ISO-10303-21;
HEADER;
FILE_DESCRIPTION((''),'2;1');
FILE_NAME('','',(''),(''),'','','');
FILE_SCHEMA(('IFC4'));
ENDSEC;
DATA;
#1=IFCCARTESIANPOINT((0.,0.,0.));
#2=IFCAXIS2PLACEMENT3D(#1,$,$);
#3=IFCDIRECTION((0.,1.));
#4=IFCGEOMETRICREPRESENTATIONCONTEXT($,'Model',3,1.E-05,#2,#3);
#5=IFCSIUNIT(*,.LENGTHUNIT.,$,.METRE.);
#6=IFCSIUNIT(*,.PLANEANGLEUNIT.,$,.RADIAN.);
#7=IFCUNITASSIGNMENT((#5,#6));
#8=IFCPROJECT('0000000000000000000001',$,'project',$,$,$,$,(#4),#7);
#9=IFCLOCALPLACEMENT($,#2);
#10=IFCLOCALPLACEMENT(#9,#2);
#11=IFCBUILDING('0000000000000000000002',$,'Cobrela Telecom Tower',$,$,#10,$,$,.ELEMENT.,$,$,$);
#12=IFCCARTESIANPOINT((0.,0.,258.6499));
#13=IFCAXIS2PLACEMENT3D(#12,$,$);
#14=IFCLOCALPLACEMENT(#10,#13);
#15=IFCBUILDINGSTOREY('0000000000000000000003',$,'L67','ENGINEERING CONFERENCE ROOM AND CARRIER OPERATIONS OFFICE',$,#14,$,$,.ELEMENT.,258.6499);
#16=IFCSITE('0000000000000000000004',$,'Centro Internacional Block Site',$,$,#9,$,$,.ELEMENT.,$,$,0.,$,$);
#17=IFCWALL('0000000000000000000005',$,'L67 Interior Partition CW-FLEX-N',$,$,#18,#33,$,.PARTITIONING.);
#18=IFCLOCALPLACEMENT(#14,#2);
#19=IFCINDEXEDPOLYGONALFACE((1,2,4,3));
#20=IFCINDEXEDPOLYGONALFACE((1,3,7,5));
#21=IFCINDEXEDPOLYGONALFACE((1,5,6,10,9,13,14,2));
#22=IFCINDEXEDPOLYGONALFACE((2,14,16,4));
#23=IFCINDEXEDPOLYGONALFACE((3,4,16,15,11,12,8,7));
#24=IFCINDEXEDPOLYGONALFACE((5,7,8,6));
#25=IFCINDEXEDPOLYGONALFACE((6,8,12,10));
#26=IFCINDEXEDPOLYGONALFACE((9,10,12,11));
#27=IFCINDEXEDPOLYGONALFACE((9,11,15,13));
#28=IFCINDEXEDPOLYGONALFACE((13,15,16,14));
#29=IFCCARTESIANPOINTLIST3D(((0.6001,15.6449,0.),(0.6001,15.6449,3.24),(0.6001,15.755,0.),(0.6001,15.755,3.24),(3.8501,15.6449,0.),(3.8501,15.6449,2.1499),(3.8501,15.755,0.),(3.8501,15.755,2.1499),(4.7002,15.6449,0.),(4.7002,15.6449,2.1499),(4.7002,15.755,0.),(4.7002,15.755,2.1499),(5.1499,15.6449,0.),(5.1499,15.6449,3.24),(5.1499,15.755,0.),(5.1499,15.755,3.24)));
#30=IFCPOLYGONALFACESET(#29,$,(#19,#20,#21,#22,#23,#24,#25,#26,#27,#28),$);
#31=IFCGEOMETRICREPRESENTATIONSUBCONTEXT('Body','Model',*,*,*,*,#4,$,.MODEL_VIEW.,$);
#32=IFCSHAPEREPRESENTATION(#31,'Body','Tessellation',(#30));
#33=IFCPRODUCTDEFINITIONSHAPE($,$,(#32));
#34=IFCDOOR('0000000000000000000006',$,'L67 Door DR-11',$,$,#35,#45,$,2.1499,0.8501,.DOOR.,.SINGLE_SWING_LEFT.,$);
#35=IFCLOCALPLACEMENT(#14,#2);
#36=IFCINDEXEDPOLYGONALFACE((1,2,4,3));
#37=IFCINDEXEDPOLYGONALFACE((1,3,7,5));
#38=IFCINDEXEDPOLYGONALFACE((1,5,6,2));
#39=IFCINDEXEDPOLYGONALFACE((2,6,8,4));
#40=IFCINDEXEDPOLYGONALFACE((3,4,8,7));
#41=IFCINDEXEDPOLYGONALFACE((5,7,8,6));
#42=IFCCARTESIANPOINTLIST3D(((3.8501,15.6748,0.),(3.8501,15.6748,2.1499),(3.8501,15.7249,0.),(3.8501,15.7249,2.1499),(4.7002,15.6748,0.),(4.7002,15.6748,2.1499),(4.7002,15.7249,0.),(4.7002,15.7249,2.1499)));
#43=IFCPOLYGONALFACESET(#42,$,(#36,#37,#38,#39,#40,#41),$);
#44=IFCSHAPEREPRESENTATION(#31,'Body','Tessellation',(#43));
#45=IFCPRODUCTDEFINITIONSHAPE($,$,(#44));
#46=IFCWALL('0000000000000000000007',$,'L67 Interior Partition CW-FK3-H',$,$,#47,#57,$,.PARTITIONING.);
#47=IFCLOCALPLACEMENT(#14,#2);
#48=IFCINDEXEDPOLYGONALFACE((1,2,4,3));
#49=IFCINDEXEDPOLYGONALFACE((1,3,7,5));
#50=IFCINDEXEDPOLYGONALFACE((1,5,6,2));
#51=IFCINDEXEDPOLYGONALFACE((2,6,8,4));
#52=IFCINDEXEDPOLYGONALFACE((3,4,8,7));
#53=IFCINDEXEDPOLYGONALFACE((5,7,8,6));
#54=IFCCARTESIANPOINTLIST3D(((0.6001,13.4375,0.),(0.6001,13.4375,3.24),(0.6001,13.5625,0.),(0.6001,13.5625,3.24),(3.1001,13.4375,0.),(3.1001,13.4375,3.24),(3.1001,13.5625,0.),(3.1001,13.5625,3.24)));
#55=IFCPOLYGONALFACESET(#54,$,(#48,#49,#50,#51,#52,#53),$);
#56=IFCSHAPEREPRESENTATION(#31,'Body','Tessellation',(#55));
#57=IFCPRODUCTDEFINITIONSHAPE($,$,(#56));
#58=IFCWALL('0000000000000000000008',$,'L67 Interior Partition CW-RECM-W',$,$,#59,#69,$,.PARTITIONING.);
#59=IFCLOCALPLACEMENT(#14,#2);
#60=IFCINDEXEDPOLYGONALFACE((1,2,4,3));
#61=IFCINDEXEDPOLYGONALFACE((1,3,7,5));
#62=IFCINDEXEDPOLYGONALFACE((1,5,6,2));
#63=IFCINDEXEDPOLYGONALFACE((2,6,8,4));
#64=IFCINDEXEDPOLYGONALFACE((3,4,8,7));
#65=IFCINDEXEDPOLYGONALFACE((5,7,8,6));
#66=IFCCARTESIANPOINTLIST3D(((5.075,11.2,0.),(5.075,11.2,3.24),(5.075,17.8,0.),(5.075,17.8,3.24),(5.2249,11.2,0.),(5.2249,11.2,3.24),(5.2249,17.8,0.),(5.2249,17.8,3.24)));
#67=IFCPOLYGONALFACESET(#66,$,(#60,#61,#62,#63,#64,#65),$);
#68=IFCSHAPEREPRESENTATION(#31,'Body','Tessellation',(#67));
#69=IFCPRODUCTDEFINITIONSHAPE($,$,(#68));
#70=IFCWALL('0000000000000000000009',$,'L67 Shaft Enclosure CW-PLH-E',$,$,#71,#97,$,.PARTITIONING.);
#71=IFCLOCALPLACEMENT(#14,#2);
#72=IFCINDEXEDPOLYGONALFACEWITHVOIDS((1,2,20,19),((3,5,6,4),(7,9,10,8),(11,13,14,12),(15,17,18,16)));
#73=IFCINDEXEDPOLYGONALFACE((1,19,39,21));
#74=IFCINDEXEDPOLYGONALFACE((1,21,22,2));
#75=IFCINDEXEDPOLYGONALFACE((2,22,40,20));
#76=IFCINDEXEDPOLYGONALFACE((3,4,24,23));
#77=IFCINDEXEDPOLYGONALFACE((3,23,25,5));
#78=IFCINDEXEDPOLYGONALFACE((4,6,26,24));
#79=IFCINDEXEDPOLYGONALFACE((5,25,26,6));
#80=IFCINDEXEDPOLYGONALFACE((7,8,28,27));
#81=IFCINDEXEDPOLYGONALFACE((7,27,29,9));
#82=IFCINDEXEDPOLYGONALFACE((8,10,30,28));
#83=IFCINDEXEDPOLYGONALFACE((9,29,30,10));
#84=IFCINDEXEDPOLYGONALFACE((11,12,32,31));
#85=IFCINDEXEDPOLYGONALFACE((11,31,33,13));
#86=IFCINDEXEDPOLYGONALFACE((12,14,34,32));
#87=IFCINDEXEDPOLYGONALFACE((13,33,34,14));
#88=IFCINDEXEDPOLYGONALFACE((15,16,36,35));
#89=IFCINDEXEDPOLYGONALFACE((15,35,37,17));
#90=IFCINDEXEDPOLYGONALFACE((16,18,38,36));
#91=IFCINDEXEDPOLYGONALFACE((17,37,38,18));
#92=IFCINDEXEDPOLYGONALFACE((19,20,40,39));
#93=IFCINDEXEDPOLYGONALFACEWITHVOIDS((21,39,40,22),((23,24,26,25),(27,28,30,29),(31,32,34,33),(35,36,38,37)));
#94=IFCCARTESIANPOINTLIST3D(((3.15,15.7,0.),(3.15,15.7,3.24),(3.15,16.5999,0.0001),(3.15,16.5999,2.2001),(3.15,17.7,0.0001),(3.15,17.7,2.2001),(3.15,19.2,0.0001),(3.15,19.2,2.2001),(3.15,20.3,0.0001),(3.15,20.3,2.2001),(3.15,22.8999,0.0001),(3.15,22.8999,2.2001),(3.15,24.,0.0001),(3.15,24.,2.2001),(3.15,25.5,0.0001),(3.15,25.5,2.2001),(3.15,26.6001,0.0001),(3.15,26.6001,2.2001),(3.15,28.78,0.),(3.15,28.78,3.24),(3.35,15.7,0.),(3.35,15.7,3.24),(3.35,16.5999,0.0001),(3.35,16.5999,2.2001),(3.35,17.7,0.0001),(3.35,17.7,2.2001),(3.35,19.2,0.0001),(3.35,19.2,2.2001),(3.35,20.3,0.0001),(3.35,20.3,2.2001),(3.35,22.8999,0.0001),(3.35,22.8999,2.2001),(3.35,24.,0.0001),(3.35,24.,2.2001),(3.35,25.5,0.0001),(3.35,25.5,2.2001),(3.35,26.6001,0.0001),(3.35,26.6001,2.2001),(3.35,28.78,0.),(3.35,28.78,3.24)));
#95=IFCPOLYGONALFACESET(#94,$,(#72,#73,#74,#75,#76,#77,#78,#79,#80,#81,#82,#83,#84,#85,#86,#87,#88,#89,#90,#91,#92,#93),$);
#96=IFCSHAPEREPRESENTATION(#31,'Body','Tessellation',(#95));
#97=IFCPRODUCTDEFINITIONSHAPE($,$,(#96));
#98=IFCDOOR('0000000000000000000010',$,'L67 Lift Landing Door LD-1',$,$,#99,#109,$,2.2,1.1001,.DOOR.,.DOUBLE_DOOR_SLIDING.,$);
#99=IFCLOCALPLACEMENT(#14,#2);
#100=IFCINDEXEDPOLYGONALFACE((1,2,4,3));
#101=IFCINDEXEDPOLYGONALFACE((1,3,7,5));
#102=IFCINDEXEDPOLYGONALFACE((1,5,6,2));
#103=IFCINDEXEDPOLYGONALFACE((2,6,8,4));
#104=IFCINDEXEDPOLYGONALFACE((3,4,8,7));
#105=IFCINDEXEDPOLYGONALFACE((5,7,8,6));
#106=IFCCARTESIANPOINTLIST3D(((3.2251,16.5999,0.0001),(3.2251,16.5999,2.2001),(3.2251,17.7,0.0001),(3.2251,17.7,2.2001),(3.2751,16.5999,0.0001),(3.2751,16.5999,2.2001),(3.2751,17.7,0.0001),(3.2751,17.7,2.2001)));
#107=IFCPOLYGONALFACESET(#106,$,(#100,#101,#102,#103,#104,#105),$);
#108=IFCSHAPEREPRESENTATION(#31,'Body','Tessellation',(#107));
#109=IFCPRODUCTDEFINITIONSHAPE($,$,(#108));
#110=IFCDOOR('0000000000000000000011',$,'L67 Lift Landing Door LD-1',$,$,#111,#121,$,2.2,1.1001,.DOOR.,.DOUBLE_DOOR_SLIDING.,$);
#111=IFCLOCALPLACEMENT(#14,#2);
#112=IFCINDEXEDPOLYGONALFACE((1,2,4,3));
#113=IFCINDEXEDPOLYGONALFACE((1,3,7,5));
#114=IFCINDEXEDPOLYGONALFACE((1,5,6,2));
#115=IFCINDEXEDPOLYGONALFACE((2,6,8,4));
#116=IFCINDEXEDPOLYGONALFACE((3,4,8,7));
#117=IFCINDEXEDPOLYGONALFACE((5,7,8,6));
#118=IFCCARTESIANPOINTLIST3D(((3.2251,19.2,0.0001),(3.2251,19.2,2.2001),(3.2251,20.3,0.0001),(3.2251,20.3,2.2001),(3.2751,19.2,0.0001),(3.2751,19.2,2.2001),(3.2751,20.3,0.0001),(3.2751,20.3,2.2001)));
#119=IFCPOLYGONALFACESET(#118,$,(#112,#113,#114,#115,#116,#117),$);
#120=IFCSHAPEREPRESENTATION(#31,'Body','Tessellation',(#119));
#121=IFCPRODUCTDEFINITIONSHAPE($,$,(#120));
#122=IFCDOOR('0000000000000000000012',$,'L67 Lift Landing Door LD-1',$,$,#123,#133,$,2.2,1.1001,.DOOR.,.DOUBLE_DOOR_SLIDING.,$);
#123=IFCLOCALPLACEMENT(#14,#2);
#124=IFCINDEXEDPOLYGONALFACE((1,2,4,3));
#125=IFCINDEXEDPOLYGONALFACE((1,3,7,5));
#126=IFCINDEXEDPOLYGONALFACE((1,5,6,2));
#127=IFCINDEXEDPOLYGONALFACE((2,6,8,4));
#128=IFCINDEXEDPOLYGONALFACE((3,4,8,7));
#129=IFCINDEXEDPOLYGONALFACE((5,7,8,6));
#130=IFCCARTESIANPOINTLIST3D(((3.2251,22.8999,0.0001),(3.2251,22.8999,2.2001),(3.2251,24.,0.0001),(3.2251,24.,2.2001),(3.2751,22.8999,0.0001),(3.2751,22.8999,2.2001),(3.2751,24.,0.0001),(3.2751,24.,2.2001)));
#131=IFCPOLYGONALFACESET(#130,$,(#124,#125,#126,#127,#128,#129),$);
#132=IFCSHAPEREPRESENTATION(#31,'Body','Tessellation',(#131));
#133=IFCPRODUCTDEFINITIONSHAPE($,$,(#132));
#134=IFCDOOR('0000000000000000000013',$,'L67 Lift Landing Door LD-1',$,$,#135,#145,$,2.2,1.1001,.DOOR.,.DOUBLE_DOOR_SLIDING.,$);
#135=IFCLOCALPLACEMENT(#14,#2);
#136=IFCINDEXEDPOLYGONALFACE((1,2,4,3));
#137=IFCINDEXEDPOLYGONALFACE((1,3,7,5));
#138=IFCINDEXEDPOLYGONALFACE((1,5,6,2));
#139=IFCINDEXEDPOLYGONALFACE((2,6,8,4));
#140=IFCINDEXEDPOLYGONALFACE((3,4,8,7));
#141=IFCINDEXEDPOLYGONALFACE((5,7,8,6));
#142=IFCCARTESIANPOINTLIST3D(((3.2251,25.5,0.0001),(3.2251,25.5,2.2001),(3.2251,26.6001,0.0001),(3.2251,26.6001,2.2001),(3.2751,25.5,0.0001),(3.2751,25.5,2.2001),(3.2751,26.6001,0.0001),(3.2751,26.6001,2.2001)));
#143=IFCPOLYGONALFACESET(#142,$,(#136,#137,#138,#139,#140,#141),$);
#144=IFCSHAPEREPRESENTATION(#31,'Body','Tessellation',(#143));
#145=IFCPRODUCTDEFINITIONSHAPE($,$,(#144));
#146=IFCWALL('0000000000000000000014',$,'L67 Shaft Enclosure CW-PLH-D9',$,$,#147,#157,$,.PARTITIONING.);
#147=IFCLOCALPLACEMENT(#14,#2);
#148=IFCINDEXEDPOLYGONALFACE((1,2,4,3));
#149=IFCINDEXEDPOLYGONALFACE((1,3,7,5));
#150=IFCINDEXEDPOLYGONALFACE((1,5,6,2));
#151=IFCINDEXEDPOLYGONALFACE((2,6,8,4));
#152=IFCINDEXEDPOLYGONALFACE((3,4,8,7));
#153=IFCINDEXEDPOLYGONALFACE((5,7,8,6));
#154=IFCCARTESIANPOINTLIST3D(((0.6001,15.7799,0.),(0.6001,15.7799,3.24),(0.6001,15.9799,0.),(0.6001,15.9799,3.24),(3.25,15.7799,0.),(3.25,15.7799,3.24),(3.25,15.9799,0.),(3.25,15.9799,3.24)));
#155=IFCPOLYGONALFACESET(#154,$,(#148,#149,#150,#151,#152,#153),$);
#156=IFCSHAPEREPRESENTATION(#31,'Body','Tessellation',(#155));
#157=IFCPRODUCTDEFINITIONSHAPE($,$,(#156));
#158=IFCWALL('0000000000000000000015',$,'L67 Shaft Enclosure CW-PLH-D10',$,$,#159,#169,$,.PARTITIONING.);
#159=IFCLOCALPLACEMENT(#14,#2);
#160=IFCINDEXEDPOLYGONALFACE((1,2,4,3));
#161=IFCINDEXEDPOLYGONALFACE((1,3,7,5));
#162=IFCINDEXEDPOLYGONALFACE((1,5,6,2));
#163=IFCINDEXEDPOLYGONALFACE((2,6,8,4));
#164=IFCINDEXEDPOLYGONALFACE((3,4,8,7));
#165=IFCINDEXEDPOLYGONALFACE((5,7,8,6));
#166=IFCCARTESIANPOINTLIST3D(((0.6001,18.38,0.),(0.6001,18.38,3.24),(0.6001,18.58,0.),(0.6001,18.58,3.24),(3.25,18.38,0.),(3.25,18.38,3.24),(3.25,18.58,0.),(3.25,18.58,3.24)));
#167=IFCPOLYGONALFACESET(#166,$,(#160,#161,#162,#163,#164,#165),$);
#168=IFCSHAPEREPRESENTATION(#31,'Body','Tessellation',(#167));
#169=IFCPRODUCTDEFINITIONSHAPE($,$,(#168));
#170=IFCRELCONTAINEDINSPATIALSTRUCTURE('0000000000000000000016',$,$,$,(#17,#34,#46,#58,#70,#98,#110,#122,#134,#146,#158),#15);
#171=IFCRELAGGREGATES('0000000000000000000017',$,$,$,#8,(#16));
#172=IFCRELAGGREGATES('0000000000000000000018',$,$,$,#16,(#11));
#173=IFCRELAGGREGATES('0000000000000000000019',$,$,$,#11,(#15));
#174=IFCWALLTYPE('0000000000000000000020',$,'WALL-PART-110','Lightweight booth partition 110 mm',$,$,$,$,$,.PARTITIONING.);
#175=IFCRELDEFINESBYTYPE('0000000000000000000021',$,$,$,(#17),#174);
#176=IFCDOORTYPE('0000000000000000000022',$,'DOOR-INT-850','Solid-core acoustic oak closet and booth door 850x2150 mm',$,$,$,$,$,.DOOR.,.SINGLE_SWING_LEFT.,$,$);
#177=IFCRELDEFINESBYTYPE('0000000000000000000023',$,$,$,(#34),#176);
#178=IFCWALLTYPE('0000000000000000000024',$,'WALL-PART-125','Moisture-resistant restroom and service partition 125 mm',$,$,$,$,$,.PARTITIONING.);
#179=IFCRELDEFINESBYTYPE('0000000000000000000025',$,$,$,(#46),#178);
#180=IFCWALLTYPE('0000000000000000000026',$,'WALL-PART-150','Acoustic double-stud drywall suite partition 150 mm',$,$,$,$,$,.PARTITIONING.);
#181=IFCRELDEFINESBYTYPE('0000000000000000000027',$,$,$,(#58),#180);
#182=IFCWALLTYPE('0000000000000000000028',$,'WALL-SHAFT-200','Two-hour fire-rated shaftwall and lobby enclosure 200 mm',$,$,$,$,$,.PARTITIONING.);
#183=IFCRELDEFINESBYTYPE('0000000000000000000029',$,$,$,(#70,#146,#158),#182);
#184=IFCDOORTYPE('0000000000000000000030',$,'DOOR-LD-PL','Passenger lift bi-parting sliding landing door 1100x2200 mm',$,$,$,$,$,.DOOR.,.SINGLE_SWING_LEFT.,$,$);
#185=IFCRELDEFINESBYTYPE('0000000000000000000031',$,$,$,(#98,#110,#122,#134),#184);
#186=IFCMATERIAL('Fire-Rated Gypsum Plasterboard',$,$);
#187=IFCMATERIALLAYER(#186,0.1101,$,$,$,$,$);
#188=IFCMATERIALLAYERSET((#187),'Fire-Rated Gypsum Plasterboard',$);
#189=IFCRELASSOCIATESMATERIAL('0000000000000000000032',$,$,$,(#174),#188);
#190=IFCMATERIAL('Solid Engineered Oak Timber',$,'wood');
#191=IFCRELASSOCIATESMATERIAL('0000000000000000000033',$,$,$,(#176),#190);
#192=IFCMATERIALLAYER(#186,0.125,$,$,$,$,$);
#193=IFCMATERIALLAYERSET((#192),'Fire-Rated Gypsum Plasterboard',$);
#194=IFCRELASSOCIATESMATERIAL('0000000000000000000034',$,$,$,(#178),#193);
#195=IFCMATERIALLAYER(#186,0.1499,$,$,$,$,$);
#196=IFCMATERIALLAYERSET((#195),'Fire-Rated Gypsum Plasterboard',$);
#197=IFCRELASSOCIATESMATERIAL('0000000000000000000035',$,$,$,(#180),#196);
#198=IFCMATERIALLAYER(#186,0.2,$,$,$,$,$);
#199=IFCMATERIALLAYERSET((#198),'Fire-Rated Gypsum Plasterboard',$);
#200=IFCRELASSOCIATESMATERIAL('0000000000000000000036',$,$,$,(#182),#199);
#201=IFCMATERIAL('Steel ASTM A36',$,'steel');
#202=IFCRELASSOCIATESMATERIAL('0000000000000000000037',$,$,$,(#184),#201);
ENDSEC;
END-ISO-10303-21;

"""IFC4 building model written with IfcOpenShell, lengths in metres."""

from ifc_helpers import new_model, si_unit, direction, frame, frame_2d, origin, place, context, subcontext, project, spatial, rectangle, extrude, material, layer, layer_set, type_object, element, fill, save


model = new_model("IFC4")

# Units and contexts
model_context = context("Model", 3, precision=1e-05, world=origin(), true_north=direction((0.0, 1.0)))
body_context = subcontext(model_context, "Body", "Model", "MODEL_VIEW")
ifc_project = project(units=[si_unit("LENGTHUNIT", "METRE"), si_unit("PLANEANGLEUNIT", "RADIAN")], contexts=[model_context])

# Site, building, storey
site_placement = place(None, origin())
site = spatial("IfcSite", under=ifc_project, at=site_placement, Name="Centro Internacional Block Site", CompositionType="ELEMENT", RefElevation=0.0)
building_placement = place(site_placement, origin())
building = spatial("IfcBuilding", under=site, at=building_placement, Name="Cobrela Telecom Tower", CompositionType="ELEMENT")
storey_placement = place(building_placement, frame((0.0, 0.0, 258.6499)))
storey = spatial("IfcBuildingStorey", under=building, at=storey_placement, Name="L67", Description="ENGINEERING CONFERENCE ROOM AND CARRIER OPERATIONS OFFICE", CompositionType="ELEMENT", Elevation=258.6499)

# Wall, opening, door
ifc_material_1 = material(Name="Fire-Rated Gypsum Plasterboard")
ifc_layer_1 = layer(ifc_material_1, 0.1101)
ifc_layer_set_1 = layer_set([ifc_layer_1], Name="Fire-Rated Gypsum Plasterboard")
wall_type_1 = type_object("IfcWallType", Name="WALL-PART-110", Description="Lightweight booth partition 110 mm", PredefinedType="PARTITIONING", material=ifc_layer_set_1)
wall_1_placement = place(storey_placement, frame((0.6001, 15.7, 0.0), z_axis=(0.0, 0.0, 1.0), x_axis=(1.0, 0.0, 0.0)))
wall_1 = element("IfcWall", 1, at=wall_1_placement, inside=storey, type_object=wall_type_1, Name="L67 Interior Partition CW-FLEX-N", PredefinedType="PARTITIONING", context=body_context, shape_type="SweptSolid", body=[
    extrude(rectangle(XDim=4.5498, YDim=0.1101, at=frame_2d((2.2749, 0.0))), origin(), (0.0, 0.0, 1.0), 3.24),
])
opening_1_placement = place(wall_1_placement, frame((3.25, 0.0, 0.0)))
opening_1 = element("IfcOpeningElement", 2, at=opening_1_placement, cuts=wall_1, PredefinedType="OPENING", context=body_context, shape_type="SweptSolid", body=[
    extrude(rectangle(XDim=0.8501, YDim=2.1499, at=frame_2d((0.425, 1.075))), frame((0.0, 0.0669, 0.0), z_axis=(0.0, -1.0, 0.0), x_axis=(1.0, 0.0, 0.0)), (0.0, 0.0, 1.0), 0.134),
])
ifc_material_2 = material(Name="Solid Engineered Oak Timber", Category="wood")
door_type_1 = type_object("IfcDoorType", Name="DOOR-INT-850", Description="Solid-core acoustic oak closet and booth door 850x2150 mm", OperationType="SINGLE_SWING_LEFT", PredefinedType="DOOR", material=ifc_material_2)
door_1_placement = place(opening_1_placement, origin())
door_1 = element("IfcDoor", 3, at=door_1_placement, inside=storey, type_object=door_type_1, Name="L67 Door DR-11", OperationType="SINGLE_SWING_LEFT", OverallHeight=2.1499, OverallWidth=0.8501, PredefinedType="DOOR", context=body_context, shape_type="SweptSolid", body=[
    extrude(rectangle(XDim=0.8501, YDim=2.1499, at=frame_2d((0.425, 1.075))), frame((0.0, 0.0249, 0.0), z_axis=(0.0, -1.0, 0.0), x_axis=(1.0, 0.0, 0.0)), (0.0, 0.0, 1.0), 0.05),
])
fill(opening_1, door_1)

# Wall
ifc_layer_2 = layer(ifc_material_1, 0.125)
ifc_layer_set_2 = layer_set([ifc_layer_2], Name="Fire-Rated Gypsum Plasterboard")
wall_type_2 = type_object("IfcWallType", Name="WALL-PART-125", Description="Moisture-resistant restroom and service partition 125 mm", PredefinedType="PARTITIONING", material=ifc_layer_set_2)
wall_2_placement = place(storey_placement, frame((0.6001, 13.5, 0.0), z_axis=(0.0, 0.0, 1.0), x_axis=(1.0, 0.0, 0.0)))
element("IfcWall", 4, at=wall_2_placement, inside=storey, type_object=wall_type_2, Name="L67 Interior Partition CW-FK3-H", PredefinedType="PARTITIONING", context=body_context, shape_type="SweptSolid", body=[
    extrude(rectangle(XDim=2.5, YDim=0.125, at=frame_2d((1.25, 0.0))), origin(), (0.0, 0.0, 1.0), 3.24),
])

# Wall
ifc_layer_3 = layer(ifc_material_1, 0.1499)
ifc_layer_set_3 = layer_set([ifc_layer_3], Name="Fire-Rated Gypsum Plasterboard")
wall_type_3 = type_object("IfcWallType", Name="WALL-PART-150", Description="Acoustic double-stud drywall suite partition 150 mm", PredefinedType="PARTITIONING", material=ifc_layer_set_3)
wall_3_placement = place(storey_placement, frame((5.1499, 11.2, 0.0), z_axis=(0.0, 0.0, 1.0), x_axis=(0.0, 1.0, 0.0)))
element("IfcWall", 5, at=wall_3_placement, inside=storey, type_object=wall_type_3, Name="L67 Interior Partition CW-RECM-W", PredefinedType="PARTITIONING", context=body_context, shape_type="SweptSolid", body=[
    extrude(rectangle(XDim=6.6001, YDim=0.1499, at=frame_2d((3.3, 0.0))), origin(), (0.0, 0.0, 1.0), 3.24),
])

# Wall, openings, doors
ifc_layer_4 = layer(ifc_material_1, 0.2)
ifc_layer_set_4 = layer_set([ifc_layer_4], Name="Fire-Rated Gypsum Plasterboard")
wall_type_4 = type_object("IfcWallType", Name="WALL-SHAFT-200", Description="Two-hour fire-rated shaftwall and lobby enclosure 200 mm", PredefinedType="PARTITIONING", material=ifc_layer_set_4)
wall_4_placement = place(storey_placement, frame((3.25, 15.7, 0.0), z_axis=(0.0, 0.0, 1.0), x_axis=(0.0, 1.0, 0.0)))
wall_4 = element("IfcWall", 6, at=wall_4_placement, inside=storey, type_object=wall_type_4, Name="L67 Shaft Enclosure CW-PLH-E", PredefinedType="PARTITIONING", context=body_context, shape_type="SweptSolid", body=[
    extrude(rectangle(XDim=13.0801, YDim=0.2, at=frame_2d((6.54, 0.0))), origin(), (0.0, 0.0, 1.0), 3.24),
])
opening_2_placement = place(wall_4_placement, frame((0.8999, 0.0, 0.0)))
opening_2 = element("IfcOpeningElement", 7, at=opening_2_placement, cuts=wall_4, PredefinedType="OPENING", context=body_context, shape_type="SweptSolid", body=[
    extrude(rectangle(XDim=1.1001, YDim=2.2, at=frame_2d((0.55, 1.1001))), frame((0.0, 0.1118, 0.0), z_axis=(0.0, -1.0, 0.0), x_axis=(1.0, 0.0, 0.0)), (0.0, 0.0, 1.0), 0.2239),
])
opening_3_placement = place(wall_4_placement, frame((3.5, 0.0, 0.0)))
opening_3 = element("IfcOpeningElement", 8, at=opening_3_placement, cuts=wall_4, PredefinedType="OPENING", context=body_context, shape_type="SweptSolid", body=[
    extrude(rectangle(XDim=1.1001, YDim=2.2, at=frame_2d((0.55, 1.1001))), frame((0.0, 0.1118, 0.0), z_axis=(0.0, -1.0, 0.0), x_axis=(1.0, 0.0, 0.0)), (0.0, 0.0, 1.0), 0.2239),
])
opening_4_placement = place(wall_4_placement, frame((7.2, 0.0, 0.0)))
opening_4 = element("IfcOpeningElement", 9, at=opening_4_placement, cuts=wall_4, PredefinedType="OPENING", context=body_context, shape_type="SweptSolid", body=[
    extrude(rectangle(XDim=1.1001, YDim=2.2, at=frame_2d((0.55, 1.1001))), frame((0.0, 0.1118, 0.0), z_axis=(0.0, -1.0, 0.0), x_axis=(1.0, 0.0, 0.0)), (0.0, 0.0, 1.0), 0.2239),
])
opening_5_placement = place(wall_4_placement, frame((9.8, 0.0, 0.0)))
opening_5 = element("IfcOpeningElement", 10, at=opening_5_placement, cuts=wall_4, PredefinedType="OPENING", context=body_context, shape_type="SweptSolid", body=[
    extrude(rectangle(XDim=1.1001, YDim=2.2, at=frame_2d((0.55, 1.1001))), frame((0.0, 0.1118, 0.0), z_axis=(0.0, -1.0, 0.0), x_axis=(1.0, 0.0, 0.0)), (0.0, 0.0, 1.0), 0.2239),
])
ifc_material_3 = material(Name="Steel ASTM A36", Category="steel")
door_type_2 = type_object("IfcDoorType", Name="DOOR-LD-PL", Description="Passenger lift bi-parting sliding landing door 1100x2200 mm", OperationType="SINGLE_SWING_LEFT", PredefinedType="DOOR", material=ifc_material_3)
door_2_placement = place(opening_2_placement, origin())
door_2 = element("IfcDoor", 11, at=door_2_placement, inside=storey, type_object=door_type_2, Name="L67 Lift Landing Door LD-1", OperationType="DOUBLE_DOOR_SLIDING", OverallHeight=2.2, OverallWidth=1.1001, PredefinedType="DOOR", context=body_context, shape_type="SweptSolid", body=[
    extrude(rectangle(XDim=1.1001, YDim=2.2, at=frame_2d((0.55, 1.1001))), frame((0.0, 0.0249, 0.0), z_axis=(0.0, -1.0, 0.0), x_axis=(1.0, 0.0, 0.0)), (0.0, 0.0, 1.0), 0.05),
])
fill(opening_2, door_2)
door_3_placement = place(opening_3_placement, origin())
door_3 = element("IfcDoor", 12, at=door_3_placement, inside=storey, type_object=door_type_2, Name="L67 Lift Landing Door LD-1", OperationType="DOUBLE_DOOR_SLIDING", OverallHeight=2.2, OverallWidth=1.1001, PredefinedType="DOOR", context=body_context, shape_type="SweptSolid", body=[
    extrude(rectangle(XDim=1.1001, YDim=2.2, at=frame_2d((0.55, 1.1001))), frame((0.0, 0.0249, 0.0), z_axis=(0.0, -1.0, 0.0), x_axis=(1.0, 0.0, 0.0)), (0.0, 0.0, 1.0), 0.05),
])
fill(opening_3, door_3)
door_4_placement = place(opening_4_placement, origin())
door_4 = element("IfcDoor", 13, at=door_4_placement, inside=storey, type_object=door_type_2, Name="L67 Lift Landing Door LD-1", OperationType="DOUBLE_DOOR_SLIDING", OverallHeight=2.2, OverallWidth=1.1001, PredefinedType="DOOR", context=body_context, shape_type="SweptSolid", body=[
    extrude(rectangle(XDim=1.1001, YDim=2.2, at=frame_2d((0.55, 1.1001))), frame((0.0, 0.0249, 0.0), z_axis=(0.0, -1.0, 0.0), x_axis=(1.0, 0.0, 0.0)), (0.0, 0.0, 1.0), 0.05),
])
fill(opening_4, door_4)
door_5_placement = place(opening_5_placement, origin())
door_5 = element("IfcDoor", 14, at=door_5_placement, inside=storey, type_object=door_type_2, Name="L67 Lift Landing Door LD-1", OperationType="DOUBLE_DOOR_SLIDING", OverallHeight=2.2, OverallWidth=1.1001, PredefinedType="DOOR", context=body_context, shape_type="SweptSolid", body=[
    extrude(rectangle(XDim=1.1001, YDim=2.2, at=frame_2d((0.55, 1.1001))), frame((0.0, 0.0249, 0.0), z_axis=(0.0, -1.0, 0.0), x_axis=(1.0, 0.0, 0.0)), (0.0, 0.0, 1.0), 0.05),
])
fill(opening_5, door_5)

# Walls
for number, where, z_axis, x_axis, name in (
    (15, (0.6001, 15.8799, 0.0), (0.0, 0.0, 1.0), (1.0, 0.0, 0.0), "L67 Shaft Enclosure CW-PLH-D9"),
    (16, (0.6001, 18.48, 0.0), (0.0, 0.0, 1.0), (1.0, 0.0, 0.0), "L67 Shaft Enclosure CW-PLH-D10"),
):
    element("IfcWall", number, at=place(storey_placement, frame(where, z_axis=z_axis, x_axis=x_axis)), inside=storey, type_object=wall_type_4, Name=name, PredefinedType="PARTITIONING", context=body_context, shape_type="SweptSolid", body=[
        extrude(rectangle(XDim=2.6499, YDim=0.2, at=frame_2d((1.325, 0.0))), origin(), (0.0, 0.0, 1.0), 3.24),
    ])

save(model, "model.ifc")
